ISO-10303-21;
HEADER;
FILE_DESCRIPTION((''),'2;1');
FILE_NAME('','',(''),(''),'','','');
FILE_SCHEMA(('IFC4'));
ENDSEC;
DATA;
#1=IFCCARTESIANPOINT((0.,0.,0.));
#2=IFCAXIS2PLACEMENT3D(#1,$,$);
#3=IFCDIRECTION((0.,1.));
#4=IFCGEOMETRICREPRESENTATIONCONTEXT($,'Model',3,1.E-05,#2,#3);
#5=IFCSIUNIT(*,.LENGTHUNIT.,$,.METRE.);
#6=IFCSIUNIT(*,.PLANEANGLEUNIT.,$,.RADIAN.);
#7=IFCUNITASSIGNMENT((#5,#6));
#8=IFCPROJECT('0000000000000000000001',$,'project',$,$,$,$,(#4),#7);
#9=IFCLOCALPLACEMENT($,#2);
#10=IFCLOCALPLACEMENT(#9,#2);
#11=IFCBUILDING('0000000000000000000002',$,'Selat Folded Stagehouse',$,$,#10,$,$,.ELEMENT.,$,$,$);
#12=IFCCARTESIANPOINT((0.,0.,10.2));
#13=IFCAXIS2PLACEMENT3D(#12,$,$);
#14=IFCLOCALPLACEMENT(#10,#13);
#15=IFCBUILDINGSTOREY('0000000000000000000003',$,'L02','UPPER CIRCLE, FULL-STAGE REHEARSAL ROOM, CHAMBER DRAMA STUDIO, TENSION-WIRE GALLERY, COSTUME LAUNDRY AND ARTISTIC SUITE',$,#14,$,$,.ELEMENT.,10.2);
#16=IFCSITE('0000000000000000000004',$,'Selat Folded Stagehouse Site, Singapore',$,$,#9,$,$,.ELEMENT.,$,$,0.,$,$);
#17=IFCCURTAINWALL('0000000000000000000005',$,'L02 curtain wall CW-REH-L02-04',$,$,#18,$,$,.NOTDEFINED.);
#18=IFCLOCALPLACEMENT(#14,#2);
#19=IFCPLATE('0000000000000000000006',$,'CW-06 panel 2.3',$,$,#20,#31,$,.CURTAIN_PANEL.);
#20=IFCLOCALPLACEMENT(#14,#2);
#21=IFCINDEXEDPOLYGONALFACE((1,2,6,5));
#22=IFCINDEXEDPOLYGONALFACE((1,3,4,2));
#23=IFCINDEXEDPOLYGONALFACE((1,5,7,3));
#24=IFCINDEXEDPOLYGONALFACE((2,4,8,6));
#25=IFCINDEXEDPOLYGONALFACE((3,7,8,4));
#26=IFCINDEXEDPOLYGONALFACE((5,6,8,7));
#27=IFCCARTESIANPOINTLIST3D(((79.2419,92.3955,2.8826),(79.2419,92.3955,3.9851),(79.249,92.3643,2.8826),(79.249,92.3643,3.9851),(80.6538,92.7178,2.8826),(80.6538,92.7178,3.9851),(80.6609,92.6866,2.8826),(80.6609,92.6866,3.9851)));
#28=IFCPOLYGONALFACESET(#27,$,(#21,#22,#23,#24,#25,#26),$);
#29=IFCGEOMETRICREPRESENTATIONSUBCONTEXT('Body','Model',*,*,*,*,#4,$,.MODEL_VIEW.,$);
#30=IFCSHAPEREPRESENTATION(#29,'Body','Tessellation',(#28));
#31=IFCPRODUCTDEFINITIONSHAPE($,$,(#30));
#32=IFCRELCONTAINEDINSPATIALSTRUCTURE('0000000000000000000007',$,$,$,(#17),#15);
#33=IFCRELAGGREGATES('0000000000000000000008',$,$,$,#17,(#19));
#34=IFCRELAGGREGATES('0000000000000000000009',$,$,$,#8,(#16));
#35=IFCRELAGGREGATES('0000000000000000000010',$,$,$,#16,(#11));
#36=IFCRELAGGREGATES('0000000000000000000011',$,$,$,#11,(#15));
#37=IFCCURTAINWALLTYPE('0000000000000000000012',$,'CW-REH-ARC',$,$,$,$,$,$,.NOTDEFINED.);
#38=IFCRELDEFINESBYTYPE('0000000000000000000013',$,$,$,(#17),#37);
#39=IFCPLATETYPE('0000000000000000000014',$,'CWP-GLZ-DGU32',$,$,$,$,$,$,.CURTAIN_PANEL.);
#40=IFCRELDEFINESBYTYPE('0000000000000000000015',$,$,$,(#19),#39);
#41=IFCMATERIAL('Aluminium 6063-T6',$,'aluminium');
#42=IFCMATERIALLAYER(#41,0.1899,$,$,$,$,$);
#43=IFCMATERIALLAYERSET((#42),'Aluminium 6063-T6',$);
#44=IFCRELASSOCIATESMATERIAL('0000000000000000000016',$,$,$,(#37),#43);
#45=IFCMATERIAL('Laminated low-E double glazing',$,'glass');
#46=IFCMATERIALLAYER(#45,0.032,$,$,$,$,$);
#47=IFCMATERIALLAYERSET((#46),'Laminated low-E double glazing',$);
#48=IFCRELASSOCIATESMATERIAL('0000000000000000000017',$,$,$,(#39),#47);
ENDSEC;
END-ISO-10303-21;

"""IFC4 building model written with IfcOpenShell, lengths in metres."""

from ifc_helpers import new_model, si_unit, direction, frame, origin, origin_2d, place, context, subcontext, project, spatial, rectangle, extrude, material, layer, layer_set, type_object, element, aggregate, save


model = new_model("IFC4")

# Units and contexts
model_context = context("Model", 3, precision=1e-05, world=origin(), true_north=direction((0.0, 1.0)))
body_context = subcontext(model_context, "Body", "Model", "MODEL_VIEW")
ifc_project = project(units=[si_unit("LENGTHUNIT", "METRE"), si_unit("PLANEANGLEUNIT", "RADIAN")], contexts=[model_context])

# Site, building, storey
site_placement = place(None, origin())
site = spatial("IfcSite", under=ifc_project, at=site_placement, Name="Selat Folded Stagehouse Site, Singapore", CompositionType="ELEMENT", RefElevation=0.0)
building_placement = place(site_placement, origin())
building = spatial("IfcBuilding", under=site, at=building_placement, Name="Selat Folded Stagehouse", CompositionType="ELEMENT")
storey_placement = place(building_placement, frame((0.0, 0.0, 10.2)))
storey = spatial("IfcBuildingStorey", under=building, at=storey_placement, Name="L02", Description="UPPER CIRCLE, FULL-STAGE REHEARSAL ROOM, CHAMBER DRAMA STUDIO, TENSION-WIRE GALLERY, COSTUME LAUNDRY AND ARTISTIC SUITE", CompositionType="ELEMENT", Elevation=10.2)

# Curtain wall, plate
ifc_material_1 = material(Name="Aluminium 6063-T6", Category="aluminium")
ifc_layer_1 = layer(ifc_material_1, 0.1899)
ifc_layer_set_1 = layer_set([ifc_layer_1], Name="Aluminium 6063-T6")
curtain_wall_type = type_object("IfcCurtainWallType", Name="CW-REH-ARC", PredefinedType="NOTDEFINED", material=ifc_layer_set_1)
curtain_wall_placement = place(storey_placement, origin())
curtain_wall = element("IfcCurtainWall", 1, at=curtain_wall_placement, inside=storey, type_object=curtain_wall_type, Name="L02 curtain wall CW-REH-L02-04", PredefinedType="NOTDEFINED")
ifc_material_2 = material(Name="Laminated low-E double glazing", Category="glass")
ifc_layer_2 = layer(ifc_material_2, 0.032)
ifc_layer_set_2 = layer_set([ifc_layer_2], Name="Laminated low-E double glazing")
plate_type = type_object("IfcPlateType", Name="CWP-GLZ-DGU32", PredefinedType="CURTAIN_PANEL", material=ifc_layer_set_2)
plate_1_placement = place(storey_placement, frame((79.9514, 92.541, 2.8826), z_axis=(0.0, 0.0, 1.0), x_axis=(-0.974923, -0.222543, 0.0)))
plate_1 = element("IfcPlate", 2, at=plate_1_placement, type_object=plate_type, Name="CW-06 panel 2.3", PredefinedType="CURTAIN_PANEL", context=body_context, shape_type="SweptSolid", body=[
    extrude(rectangle(XDim=1.4482, YDim=0.032, at=origin_2d()), origin(), (0.0, 0.0, 1.0), 1.1025),
])
aggregate(curtain_wall, [plate_1])

save(model, "model.ifc")
